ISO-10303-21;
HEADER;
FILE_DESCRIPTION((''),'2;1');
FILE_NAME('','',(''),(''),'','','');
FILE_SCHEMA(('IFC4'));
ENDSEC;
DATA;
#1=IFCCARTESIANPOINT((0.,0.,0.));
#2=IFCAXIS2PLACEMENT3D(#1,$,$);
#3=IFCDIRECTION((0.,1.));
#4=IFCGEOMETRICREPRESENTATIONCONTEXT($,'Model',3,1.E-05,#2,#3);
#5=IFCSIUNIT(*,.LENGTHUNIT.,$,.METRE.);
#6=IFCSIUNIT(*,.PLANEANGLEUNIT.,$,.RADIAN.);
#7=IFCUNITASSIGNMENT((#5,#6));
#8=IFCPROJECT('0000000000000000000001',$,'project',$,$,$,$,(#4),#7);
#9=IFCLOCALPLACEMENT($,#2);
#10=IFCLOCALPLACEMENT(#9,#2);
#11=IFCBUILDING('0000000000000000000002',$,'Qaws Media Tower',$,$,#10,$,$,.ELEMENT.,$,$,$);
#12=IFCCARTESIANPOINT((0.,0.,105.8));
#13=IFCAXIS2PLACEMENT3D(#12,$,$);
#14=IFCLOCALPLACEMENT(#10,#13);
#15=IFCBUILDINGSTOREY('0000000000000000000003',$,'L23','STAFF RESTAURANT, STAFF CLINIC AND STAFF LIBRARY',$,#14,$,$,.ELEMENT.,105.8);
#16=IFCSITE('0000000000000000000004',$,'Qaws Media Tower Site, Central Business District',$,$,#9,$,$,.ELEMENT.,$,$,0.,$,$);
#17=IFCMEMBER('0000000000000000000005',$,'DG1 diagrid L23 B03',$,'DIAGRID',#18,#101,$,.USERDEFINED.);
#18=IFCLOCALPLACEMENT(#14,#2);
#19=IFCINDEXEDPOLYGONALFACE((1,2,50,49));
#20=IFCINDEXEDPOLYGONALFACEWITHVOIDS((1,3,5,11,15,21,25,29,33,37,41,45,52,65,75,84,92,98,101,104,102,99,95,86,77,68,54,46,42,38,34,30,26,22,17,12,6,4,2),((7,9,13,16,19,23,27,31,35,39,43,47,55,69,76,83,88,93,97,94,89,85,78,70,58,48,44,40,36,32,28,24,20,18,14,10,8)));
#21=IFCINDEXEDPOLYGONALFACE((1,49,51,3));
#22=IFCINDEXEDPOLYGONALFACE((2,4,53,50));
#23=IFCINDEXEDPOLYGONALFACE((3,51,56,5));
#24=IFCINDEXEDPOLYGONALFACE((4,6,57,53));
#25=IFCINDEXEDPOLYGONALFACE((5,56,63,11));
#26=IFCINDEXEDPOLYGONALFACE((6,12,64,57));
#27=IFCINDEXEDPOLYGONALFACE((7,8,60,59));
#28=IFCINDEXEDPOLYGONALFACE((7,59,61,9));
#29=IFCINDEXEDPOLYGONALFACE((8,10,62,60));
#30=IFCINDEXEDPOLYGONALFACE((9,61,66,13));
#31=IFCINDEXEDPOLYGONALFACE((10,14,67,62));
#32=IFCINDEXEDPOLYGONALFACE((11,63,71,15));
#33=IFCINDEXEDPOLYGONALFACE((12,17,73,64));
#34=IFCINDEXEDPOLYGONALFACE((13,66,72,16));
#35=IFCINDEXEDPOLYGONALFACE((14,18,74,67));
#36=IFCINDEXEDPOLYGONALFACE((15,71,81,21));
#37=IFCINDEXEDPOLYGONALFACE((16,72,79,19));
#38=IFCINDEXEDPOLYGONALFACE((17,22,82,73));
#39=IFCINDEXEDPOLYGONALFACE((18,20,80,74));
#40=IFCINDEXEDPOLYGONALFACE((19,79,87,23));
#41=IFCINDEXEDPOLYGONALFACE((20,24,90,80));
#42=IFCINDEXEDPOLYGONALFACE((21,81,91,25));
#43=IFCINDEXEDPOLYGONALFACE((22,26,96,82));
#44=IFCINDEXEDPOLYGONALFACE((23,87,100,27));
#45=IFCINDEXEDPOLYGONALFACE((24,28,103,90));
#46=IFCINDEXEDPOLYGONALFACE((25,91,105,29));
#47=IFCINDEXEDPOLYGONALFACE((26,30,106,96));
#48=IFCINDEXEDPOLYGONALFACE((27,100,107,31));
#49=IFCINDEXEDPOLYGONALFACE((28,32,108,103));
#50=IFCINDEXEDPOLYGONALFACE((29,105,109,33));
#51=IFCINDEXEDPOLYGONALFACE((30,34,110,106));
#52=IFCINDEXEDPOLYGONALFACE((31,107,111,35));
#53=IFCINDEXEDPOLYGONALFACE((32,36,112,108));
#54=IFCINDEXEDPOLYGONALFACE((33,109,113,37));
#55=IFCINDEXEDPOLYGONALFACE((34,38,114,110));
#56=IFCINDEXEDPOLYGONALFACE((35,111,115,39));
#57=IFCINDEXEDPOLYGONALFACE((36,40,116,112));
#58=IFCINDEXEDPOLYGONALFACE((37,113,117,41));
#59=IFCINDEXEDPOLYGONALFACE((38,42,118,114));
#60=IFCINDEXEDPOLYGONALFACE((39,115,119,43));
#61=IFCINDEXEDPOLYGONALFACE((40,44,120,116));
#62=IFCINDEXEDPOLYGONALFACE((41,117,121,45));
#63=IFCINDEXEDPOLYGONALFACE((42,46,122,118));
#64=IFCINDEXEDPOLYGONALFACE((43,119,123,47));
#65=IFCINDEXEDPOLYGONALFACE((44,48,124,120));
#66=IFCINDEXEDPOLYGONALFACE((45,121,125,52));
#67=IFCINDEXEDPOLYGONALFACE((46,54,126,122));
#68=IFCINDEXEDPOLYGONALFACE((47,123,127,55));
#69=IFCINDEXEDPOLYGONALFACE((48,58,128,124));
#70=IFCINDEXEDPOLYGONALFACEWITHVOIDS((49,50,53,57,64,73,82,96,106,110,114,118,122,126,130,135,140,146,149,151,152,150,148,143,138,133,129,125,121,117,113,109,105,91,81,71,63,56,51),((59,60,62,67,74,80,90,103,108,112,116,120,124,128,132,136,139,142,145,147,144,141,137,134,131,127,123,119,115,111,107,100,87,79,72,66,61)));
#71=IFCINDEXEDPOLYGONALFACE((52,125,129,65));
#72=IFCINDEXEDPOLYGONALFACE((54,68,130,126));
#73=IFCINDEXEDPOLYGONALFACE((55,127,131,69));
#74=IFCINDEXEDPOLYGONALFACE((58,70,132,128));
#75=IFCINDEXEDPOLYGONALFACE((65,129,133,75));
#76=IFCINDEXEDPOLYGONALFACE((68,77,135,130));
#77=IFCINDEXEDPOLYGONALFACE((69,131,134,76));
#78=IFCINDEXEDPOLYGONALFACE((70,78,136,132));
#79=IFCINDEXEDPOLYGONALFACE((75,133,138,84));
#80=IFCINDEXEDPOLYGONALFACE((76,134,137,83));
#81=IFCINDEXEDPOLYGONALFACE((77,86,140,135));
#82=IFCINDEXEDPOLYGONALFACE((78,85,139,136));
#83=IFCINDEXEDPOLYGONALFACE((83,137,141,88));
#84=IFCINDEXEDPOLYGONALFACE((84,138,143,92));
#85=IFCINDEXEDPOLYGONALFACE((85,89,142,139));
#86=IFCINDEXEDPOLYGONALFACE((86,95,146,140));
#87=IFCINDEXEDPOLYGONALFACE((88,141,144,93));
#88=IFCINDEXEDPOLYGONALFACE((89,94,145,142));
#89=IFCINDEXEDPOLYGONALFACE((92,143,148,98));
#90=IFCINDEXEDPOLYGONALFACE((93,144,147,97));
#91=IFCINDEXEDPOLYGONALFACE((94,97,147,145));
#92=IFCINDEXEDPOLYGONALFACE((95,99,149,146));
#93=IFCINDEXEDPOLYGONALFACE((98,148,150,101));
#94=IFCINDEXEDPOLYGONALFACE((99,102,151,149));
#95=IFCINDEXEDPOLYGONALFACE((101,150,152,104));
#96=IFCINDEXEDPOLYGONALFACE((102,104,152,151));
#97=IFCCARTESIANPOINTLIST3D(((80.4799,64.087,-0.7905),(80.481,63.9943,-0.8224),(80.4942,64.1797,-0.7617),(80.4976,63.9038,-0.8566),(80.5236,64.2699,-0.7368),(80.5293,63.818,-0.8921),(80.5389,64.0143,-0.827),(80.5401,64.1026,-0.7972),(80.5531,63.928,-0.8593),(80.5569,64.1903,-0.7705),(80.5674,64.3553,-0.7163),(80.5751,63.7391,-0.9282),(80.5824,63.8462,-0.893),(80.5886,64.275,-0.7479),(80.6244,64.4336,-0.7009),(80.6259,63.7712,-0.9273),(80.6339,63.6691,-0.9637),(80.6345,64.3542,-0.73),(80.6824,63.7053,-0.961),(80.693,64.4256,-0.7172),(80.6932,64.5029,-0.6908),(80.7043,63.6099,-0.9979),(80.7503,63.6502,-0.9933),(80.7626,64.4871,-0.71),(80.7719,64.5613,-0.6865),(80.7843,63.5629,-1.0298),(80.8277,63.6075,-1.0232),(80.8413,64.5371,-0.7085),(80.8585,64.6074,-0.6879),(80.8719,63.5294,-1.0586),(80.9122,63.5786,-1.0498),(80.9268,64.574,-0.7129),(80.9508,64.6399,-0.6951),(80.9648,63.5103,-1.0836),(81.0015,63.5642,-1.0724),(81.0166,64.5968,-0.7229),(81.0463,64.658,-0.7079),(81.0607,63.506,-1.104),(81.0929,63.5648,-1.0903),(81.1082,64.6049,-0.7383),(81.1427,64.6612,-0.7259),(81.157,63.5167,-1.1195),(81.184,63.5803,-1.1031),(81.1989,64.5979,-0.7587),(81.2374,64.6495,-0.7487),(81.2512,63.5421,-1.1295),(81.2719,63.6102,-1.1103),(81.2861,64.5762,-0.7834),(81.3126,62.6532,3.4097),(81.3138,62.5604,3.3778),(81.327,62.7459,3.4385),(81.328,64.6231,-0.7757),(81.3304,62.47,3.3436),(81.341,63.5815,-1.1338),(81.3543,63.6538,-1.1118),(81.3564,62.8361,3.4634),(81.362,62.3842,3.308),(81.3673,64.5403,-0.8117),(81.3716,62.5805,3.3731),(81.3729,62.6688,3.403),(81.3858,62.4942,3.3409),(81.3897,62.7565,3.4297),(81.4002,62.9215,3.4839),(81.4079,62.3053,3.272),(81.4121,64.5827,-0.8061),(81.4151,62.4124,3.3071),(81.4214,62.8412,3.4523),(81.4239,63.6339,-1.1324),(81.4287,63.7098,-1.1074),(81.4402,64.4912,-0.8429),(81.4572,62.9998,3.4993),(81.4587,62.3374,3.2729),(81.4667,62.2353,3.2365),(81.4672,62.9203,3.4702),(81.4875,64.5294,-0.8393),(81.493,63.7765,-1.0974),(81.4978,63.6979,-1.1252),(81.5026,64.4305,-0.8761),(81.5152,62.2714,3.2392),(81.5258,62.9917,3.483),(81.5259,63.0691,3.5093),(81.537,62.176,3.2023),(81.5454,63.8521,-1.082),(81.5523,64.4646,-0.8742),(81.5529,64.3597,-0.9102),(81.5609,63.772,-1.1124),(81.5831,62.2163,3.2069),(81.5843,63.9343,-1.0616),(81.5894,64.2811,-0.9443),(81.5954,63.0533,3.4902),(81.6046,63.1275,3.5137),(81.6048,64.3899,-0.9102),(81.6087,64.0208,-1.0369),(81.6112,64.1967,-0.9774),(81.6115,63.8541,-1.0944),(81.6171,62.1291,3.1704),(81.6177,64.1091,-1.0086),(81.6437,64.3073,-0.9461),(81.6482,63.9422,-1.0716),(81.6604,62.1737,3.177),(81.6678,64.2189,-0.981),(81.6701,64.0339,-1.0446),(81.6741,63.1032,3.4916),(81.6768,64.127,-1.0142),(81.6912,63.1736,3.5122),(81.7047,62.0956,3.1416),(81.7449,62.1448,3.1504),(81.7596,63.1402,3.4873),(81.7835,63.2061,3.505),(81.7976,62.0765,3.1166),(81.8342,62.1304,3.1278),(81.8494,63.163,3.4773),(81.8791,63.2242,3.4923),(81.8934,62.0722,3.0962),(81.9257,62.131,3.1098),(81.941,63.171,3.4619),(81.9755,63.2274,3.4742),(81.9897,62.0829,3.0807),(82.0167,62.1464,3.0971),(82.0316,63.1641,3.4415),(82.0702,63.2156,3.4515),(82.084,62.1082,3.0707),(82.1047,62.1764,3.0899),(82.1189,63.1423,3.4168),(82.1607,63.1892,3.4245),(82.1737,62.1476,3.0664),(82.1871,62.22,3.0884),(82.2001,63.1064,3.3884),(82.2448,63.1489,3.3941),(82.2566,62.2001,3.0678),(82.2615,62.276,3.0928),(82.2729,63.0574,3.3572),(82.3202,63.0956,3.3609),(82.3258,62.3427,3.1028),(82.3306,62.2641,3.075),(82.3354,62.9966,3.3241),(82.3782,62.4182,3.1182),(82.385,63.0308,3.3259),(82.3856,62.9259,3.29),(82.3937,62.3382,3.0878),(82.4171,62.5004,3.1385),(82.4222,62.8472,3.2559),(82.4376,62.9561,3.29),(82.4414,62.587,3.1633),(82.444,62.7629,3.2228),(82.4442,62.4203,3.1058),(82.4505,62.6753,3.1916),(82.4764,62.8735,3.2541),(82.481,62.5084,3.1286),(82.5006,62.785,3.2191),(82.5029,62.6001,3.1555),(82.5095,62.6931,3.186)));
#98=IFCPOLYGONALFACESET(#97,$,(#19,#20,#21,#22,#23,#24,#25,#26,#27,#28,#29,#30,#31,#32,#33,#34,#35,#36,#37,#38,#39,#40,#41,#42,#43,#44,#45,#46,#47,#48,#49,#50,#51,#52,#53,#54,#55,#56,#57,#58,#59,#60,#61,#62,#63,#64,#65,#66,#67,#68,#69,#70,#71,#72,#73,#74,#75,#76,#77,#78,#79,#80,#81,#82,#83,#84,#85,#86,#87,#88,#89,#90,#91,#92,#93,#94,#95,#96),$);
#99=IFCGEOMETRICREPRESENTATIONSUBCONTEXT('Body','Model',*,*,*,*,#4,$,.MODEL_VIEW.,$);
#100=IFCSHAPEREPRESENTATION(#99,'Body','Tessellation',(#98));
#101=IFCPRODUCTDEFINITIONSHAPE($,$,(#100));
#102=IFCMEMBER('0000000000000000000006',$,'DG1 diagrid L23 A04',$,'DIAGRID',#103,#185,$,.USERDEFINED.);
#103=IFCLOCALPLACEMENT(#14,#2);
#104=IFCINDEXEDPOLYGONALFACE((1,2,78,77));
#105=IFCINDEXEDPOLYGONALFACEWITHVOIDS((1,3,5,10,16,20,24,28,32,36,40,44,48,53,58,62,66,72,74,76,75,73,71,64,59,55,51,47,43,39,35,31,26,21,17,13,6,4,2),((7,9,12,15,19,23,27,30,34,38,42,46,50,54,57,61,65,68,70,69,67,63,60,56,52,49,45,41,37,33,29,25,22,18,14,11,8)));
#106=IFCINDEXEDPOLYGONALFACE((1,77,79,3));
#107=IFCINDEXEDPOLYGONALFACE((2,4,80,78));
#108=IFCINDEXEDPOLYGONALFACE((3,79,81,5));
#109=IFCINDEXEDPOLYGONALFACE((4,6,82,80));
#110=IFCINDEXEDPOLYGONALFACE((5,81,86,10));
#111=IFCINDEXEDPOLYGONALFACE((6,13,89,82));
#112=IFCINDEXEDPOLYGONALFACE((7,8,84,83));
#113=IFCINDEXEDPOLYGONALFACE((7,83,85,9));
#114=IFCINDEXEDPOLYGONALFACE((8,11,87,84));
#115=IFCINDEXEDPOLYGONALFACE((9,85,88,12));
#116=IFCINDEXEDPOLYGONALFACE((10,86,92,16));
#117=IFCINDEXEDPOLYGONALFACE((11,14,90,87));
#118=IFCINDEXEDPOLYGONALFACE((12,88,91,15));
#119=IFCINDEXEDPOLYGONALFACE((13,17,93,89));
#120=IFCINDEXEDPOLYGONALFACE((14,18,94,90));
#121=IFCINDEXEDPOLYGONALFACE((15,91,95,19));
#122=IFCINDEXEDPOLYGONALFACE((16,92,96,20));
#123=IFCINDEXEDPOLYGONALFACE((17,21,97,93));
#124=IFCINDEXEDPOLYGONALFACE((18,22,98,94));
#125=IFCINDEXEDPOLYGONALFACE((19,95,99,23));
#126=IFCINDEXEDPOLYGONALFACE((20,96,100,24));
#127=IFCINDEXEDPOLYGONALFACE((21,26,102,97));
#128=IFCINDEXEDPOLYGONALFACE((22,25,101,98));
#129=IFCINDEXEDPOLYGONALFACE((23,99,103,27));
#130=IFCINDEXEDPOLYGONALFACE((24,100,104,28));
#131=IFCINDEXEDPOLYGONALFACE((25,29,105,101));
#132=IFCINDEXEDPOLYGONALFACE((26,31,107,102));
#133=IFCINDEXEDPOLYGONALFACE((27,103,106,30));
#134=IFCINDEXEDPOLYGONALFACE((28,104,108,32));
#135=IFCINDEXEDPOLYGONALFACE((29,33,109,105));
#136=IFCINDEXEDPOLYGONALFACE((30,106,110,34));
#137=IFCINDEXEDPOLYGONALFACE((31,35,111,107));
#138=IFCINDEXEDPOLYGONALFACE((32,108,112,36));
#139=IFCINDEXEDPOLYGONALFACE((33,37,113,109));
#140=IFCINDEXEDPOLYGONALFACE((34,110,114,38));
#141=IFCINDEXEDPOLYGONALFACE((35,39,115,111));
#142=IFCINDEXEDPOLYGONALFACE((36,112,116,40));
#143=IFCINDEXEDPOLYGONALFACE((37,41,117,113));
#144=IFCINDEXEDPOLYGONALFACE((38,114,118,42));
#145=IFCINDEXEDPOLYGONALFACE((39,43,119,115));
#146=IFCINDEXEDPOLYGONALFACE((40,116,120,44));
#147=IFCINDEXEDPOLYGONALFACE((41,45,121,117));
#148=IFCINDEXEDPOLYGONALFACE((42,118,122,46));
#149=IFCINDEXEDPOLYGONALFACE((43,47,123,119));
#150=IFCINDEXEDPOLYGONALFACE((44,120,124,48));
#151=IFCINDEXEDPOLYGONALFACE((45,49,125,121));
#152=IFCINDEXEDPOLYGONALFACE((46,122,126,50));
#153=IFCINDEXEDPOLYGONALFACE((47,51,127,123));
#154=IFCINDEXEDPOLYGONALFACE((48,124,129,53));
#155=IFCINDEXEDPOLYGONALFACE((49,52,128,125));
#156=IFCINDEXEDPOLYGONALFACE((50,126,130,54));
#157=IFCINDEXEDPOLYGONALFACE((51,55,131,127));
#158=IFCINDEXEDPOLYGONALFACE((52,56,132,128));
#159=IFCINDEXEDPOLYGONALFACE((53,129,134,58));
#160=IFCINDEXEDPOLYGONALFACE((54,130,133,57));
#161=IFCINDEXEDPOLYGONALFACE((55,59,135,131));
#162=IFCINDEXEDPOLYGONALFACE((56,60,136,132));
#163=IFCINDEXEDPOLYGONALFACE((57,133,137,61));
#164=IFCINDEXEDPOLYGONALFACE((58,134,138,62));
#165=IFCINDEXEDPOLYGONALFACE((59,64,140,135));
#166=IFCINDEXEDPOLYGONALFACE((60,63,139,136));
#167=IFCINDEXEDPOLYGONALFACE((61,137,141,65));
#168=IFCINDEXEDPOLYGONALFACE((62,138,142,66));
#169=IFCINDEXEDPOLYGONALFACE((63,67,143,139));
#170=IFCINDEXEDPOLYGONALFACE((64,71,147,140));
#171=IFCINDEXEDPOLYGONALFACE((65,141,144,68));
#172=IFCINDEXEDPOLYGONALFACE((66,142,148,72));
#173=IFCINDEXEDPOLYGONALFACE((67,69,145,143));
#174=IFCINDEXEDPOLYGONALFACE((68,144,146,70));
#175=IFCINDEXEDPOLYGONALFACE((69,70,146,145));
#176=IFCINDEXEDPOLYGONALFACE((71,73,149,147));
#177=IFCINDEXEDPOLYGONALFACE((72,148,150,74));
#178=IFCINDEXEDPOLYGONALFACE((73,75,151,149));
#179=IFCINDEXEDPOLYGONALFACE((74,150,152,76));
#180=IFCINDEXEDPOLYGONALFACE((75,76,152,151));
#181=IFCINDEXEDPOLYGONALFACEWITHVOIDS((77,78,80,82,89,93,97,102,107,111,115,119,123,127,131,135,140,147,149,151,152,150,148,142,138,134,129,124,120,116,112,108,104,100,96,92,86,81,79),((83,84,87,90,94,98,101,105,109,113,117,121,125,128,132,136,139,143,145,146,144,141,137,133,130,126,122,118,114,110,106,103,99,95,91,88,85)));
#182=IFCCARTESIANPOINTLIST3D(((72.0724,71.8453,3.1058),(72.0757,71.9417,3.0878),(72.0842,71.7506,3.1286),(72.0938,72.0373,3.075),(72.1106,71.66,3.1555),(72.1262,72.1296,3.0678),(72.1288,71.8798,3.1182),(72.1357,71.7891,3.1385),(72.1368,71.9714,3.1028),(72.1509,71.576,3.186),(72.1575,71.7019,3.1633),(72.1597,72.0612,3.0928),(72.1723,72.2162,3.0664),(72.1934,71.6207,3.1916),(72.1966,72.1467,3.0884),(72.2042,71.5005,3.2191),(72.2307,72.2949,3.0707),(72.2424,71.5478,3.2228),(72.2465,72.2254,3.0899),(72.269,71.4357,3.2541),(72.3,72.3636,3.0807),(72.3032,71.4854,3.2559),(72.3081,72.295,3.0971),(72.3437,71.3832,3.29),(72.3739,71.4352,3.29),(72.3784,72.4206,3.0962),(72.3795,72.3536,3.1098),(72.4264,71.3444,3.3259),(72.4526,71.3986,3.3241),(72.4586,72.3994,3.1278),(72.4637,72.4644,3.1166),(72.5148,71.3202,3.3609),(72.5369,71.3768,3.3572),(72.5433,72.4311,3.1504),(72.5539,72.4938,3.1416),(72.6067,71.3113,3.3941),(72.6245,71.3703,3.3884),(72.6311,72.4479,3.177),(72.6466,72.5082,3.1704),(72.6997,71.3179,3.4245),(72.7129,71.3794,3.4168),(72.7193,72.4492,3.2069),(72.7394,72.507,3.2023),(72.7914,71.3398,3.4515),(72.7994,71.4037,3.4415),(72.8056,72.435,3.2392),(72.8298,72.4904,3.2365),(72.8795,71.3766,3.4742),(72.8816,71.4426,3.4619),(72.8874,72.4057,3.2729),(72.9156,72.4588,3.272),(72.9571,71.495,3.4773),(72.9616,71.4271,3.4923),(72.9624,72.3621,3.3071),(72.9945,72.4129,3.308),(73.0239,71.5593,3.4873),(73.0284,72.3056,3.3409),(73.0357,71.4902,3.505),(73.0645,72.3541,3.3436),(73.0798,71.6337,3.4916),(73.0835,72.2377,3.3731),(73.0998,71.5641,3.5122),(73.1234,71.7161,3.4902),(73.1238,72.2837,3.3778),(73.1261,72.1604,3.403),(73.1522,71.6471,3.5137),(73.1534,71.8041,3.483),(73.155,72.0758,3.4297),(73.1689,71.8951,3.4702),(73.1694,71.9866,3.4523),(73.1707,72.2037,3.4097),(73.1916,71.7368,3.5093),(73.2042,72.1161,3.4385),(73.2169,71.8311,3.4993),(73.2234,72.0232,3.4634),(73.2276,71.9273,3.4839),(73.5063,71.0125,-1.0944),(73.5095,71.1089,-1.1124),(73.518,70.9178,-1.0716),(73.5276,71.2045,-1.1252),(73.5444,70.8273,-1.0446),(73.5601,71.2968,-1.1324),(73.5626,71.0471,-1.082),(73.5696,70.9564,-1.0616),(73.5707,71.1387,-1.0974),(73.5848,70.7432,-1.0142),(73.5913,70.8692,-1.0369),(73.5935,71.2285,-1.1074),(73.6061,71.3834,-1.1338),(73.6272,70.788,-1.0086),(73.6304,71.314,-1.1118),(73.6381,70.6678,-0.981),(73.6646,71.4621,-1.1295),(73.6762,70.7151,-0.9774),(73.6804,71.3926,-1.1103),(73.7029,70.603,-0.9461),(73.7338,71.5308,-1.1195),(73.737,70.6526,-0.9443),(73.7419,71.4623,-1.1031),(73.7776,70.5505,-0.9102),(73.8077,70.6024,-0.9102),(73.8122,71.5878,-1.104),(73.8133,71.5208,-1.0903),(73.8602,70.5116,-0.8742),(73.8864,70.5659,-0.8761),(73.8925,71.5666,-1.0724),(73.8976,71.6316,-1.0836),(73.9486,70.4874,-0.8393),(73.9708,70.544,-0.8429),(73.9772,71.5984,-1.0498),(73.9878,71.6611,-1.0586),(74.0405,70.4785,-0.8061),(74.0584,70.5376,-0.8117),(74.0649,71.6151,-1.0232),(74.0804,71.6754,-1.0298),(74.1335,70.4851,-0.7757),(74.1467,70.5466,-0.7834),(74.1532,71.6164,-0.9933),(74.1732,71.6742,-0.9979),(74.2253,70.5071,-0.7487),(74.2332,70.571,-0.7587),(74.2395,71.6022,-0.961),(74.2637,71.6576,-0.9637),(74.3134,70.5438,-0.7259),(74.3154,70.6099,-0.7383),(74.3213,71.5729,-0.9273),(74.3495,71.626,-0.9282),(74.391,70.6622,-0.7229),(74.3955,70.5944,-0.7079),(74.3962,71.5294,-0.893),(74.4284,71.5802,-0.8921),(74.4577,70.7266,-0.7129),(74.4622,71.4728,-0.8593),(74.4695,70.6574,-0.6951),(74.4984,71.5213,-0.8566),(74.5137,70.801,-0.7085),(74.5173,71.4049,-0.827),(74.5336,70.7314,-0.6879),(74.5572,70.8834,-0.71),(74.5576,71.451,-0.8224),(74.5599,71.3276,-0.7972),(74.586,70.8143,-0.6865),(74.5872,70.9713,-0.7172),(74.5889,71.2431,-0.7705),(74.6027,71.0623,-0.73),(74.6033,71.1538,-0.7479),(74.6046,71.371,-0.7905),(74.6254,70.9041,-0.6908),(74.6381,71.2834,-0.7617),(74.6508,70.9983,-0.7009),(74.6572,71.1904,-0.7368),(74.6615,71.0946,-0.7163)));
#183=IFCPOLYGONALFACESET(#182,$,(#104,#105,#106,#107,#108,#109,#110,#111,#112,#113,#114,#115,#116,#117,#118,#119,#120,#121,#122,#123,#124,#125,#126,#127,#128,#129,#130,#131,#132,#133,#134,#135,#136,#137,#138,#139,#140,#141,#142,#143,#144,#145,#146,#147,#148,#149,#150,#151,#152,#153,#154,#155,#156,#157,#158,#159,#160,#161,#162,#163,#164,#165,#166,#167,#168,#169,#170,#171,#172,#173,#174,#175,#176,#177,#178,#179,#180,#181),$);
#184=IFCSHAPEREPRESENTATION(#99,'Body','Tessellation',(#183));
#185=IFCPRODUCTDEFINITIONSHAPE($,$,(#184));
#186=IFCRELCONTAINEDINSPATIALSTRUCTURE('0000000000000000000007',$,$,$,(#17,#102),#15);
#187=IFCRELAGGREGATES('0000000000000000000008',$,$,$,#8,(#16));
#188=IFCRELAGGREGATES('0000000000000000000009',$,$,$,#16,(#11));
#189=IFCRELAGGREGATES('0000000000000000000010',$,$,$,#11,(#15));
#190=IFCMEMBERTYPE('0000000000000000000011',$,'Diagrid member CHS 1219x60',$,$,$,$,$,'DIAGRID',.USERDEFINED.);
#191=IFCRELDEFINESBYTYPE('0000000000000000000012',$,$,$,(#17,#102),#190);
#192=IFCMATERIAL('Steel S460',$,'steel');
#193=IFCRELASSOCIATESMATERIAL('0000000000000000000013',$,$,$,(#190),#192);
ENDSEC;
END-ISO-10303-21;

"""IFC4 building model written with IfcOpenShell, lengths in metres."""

from ifc_helpers import new_model, si_unit, direction, frame, origin, origin_2d, place, context, subcontext, project, spatial, hollow_circle, extrude, material, material_profile, profile_set, type_object, element, save


model = new_model("IFC4")

# Units and contexts
model_context = context("Model", 3, precision=1e-05, world=origin(), true_north=direction((0.0, 1.0)))
body_context = subcontext(model_context, "Body", "Model", "MODEL_VIEW")
ifc_project = project(units=[si_unit("LENGTHUNIT", "METRE"), si_unit("PLANEANGLEUNIT", "RADIAN")], contexts=[model_context])

# Site, building, storey
site_placement = place(None, origin())
site = spatial("IfcSite", under=ifc_project, at=site_placement, Name="Qaws Media Tower Site, Central Business District", CompositionType="ELEMENT", RefElevation=0.0)
building_placement = place(site_placement, origin())
building = spatial("IfcBuilding", under=site, at=building_placement, Name="Qaws Media Tower", CompositionType="ELEMENT")
storey_placement = place(building_placement, frame((0.0, 0.0, 105.8)))
storey = spatial("IfcBuildingStorey", under=building, at=storey_placement, Name="L23", Description="STAFF RESTAURANT, STAFF CLINIC AND STAFF LIBRARY", CompositionType="ELEMENT", Elevation=105.8)

# Members
ifc_material_1 = material(Name="Steel S460", Category="steel")
ifc_material_profile_1 = material_profile(ifc_material_1, hollow_circle(Radius=0.6096, WallThickness=0.0601, at=origin_2d()), Name="CHS 1219x60")
ifc_profile_set_1 = profile_set([ifc_material_profile_1], Name="Steel S460")
member_type_1 = type_object("IfcMemberType", Name="Diagrid member CHS 1219x60", ElementType="DIAGRID", PredefinedType="USERDEFINED", material=ifc_profile_set_1)
for number, where, z_axis, x_axis, name in (
    (1, (81.0776, 64.0837, -0.9102), (0.184418, -0.317527, 0.930143), (0.864733, 0.502231, 0.0), "DG1 diagrid L23 B03"),
    (2, (74.0837, 71.0776, -0.9102), (-0.317527, 0.184418, 0.930143), (-0.502231, -0.864733, 0.0), "DG1 diagrid L23 A04"),
):
    element("IfcMember", number, at=place(storey_placement, frame(where, z_axis=z_axis, x_axis=x_axis)), inside=storey, type_object=member_type_1, Name=name, ObjectType="DIAGRID", PredefinedType="USERDEFINED", context=body_context, shape_type="SweptSolid", body=[
        extrude(hollow_circle(Radius=0.6096, WallThickness=0.0601, at=origin_2d()), origin(), (0.0, 0.0, 1.0), 4.5156),
    ])

save(model, "model.ifc")
